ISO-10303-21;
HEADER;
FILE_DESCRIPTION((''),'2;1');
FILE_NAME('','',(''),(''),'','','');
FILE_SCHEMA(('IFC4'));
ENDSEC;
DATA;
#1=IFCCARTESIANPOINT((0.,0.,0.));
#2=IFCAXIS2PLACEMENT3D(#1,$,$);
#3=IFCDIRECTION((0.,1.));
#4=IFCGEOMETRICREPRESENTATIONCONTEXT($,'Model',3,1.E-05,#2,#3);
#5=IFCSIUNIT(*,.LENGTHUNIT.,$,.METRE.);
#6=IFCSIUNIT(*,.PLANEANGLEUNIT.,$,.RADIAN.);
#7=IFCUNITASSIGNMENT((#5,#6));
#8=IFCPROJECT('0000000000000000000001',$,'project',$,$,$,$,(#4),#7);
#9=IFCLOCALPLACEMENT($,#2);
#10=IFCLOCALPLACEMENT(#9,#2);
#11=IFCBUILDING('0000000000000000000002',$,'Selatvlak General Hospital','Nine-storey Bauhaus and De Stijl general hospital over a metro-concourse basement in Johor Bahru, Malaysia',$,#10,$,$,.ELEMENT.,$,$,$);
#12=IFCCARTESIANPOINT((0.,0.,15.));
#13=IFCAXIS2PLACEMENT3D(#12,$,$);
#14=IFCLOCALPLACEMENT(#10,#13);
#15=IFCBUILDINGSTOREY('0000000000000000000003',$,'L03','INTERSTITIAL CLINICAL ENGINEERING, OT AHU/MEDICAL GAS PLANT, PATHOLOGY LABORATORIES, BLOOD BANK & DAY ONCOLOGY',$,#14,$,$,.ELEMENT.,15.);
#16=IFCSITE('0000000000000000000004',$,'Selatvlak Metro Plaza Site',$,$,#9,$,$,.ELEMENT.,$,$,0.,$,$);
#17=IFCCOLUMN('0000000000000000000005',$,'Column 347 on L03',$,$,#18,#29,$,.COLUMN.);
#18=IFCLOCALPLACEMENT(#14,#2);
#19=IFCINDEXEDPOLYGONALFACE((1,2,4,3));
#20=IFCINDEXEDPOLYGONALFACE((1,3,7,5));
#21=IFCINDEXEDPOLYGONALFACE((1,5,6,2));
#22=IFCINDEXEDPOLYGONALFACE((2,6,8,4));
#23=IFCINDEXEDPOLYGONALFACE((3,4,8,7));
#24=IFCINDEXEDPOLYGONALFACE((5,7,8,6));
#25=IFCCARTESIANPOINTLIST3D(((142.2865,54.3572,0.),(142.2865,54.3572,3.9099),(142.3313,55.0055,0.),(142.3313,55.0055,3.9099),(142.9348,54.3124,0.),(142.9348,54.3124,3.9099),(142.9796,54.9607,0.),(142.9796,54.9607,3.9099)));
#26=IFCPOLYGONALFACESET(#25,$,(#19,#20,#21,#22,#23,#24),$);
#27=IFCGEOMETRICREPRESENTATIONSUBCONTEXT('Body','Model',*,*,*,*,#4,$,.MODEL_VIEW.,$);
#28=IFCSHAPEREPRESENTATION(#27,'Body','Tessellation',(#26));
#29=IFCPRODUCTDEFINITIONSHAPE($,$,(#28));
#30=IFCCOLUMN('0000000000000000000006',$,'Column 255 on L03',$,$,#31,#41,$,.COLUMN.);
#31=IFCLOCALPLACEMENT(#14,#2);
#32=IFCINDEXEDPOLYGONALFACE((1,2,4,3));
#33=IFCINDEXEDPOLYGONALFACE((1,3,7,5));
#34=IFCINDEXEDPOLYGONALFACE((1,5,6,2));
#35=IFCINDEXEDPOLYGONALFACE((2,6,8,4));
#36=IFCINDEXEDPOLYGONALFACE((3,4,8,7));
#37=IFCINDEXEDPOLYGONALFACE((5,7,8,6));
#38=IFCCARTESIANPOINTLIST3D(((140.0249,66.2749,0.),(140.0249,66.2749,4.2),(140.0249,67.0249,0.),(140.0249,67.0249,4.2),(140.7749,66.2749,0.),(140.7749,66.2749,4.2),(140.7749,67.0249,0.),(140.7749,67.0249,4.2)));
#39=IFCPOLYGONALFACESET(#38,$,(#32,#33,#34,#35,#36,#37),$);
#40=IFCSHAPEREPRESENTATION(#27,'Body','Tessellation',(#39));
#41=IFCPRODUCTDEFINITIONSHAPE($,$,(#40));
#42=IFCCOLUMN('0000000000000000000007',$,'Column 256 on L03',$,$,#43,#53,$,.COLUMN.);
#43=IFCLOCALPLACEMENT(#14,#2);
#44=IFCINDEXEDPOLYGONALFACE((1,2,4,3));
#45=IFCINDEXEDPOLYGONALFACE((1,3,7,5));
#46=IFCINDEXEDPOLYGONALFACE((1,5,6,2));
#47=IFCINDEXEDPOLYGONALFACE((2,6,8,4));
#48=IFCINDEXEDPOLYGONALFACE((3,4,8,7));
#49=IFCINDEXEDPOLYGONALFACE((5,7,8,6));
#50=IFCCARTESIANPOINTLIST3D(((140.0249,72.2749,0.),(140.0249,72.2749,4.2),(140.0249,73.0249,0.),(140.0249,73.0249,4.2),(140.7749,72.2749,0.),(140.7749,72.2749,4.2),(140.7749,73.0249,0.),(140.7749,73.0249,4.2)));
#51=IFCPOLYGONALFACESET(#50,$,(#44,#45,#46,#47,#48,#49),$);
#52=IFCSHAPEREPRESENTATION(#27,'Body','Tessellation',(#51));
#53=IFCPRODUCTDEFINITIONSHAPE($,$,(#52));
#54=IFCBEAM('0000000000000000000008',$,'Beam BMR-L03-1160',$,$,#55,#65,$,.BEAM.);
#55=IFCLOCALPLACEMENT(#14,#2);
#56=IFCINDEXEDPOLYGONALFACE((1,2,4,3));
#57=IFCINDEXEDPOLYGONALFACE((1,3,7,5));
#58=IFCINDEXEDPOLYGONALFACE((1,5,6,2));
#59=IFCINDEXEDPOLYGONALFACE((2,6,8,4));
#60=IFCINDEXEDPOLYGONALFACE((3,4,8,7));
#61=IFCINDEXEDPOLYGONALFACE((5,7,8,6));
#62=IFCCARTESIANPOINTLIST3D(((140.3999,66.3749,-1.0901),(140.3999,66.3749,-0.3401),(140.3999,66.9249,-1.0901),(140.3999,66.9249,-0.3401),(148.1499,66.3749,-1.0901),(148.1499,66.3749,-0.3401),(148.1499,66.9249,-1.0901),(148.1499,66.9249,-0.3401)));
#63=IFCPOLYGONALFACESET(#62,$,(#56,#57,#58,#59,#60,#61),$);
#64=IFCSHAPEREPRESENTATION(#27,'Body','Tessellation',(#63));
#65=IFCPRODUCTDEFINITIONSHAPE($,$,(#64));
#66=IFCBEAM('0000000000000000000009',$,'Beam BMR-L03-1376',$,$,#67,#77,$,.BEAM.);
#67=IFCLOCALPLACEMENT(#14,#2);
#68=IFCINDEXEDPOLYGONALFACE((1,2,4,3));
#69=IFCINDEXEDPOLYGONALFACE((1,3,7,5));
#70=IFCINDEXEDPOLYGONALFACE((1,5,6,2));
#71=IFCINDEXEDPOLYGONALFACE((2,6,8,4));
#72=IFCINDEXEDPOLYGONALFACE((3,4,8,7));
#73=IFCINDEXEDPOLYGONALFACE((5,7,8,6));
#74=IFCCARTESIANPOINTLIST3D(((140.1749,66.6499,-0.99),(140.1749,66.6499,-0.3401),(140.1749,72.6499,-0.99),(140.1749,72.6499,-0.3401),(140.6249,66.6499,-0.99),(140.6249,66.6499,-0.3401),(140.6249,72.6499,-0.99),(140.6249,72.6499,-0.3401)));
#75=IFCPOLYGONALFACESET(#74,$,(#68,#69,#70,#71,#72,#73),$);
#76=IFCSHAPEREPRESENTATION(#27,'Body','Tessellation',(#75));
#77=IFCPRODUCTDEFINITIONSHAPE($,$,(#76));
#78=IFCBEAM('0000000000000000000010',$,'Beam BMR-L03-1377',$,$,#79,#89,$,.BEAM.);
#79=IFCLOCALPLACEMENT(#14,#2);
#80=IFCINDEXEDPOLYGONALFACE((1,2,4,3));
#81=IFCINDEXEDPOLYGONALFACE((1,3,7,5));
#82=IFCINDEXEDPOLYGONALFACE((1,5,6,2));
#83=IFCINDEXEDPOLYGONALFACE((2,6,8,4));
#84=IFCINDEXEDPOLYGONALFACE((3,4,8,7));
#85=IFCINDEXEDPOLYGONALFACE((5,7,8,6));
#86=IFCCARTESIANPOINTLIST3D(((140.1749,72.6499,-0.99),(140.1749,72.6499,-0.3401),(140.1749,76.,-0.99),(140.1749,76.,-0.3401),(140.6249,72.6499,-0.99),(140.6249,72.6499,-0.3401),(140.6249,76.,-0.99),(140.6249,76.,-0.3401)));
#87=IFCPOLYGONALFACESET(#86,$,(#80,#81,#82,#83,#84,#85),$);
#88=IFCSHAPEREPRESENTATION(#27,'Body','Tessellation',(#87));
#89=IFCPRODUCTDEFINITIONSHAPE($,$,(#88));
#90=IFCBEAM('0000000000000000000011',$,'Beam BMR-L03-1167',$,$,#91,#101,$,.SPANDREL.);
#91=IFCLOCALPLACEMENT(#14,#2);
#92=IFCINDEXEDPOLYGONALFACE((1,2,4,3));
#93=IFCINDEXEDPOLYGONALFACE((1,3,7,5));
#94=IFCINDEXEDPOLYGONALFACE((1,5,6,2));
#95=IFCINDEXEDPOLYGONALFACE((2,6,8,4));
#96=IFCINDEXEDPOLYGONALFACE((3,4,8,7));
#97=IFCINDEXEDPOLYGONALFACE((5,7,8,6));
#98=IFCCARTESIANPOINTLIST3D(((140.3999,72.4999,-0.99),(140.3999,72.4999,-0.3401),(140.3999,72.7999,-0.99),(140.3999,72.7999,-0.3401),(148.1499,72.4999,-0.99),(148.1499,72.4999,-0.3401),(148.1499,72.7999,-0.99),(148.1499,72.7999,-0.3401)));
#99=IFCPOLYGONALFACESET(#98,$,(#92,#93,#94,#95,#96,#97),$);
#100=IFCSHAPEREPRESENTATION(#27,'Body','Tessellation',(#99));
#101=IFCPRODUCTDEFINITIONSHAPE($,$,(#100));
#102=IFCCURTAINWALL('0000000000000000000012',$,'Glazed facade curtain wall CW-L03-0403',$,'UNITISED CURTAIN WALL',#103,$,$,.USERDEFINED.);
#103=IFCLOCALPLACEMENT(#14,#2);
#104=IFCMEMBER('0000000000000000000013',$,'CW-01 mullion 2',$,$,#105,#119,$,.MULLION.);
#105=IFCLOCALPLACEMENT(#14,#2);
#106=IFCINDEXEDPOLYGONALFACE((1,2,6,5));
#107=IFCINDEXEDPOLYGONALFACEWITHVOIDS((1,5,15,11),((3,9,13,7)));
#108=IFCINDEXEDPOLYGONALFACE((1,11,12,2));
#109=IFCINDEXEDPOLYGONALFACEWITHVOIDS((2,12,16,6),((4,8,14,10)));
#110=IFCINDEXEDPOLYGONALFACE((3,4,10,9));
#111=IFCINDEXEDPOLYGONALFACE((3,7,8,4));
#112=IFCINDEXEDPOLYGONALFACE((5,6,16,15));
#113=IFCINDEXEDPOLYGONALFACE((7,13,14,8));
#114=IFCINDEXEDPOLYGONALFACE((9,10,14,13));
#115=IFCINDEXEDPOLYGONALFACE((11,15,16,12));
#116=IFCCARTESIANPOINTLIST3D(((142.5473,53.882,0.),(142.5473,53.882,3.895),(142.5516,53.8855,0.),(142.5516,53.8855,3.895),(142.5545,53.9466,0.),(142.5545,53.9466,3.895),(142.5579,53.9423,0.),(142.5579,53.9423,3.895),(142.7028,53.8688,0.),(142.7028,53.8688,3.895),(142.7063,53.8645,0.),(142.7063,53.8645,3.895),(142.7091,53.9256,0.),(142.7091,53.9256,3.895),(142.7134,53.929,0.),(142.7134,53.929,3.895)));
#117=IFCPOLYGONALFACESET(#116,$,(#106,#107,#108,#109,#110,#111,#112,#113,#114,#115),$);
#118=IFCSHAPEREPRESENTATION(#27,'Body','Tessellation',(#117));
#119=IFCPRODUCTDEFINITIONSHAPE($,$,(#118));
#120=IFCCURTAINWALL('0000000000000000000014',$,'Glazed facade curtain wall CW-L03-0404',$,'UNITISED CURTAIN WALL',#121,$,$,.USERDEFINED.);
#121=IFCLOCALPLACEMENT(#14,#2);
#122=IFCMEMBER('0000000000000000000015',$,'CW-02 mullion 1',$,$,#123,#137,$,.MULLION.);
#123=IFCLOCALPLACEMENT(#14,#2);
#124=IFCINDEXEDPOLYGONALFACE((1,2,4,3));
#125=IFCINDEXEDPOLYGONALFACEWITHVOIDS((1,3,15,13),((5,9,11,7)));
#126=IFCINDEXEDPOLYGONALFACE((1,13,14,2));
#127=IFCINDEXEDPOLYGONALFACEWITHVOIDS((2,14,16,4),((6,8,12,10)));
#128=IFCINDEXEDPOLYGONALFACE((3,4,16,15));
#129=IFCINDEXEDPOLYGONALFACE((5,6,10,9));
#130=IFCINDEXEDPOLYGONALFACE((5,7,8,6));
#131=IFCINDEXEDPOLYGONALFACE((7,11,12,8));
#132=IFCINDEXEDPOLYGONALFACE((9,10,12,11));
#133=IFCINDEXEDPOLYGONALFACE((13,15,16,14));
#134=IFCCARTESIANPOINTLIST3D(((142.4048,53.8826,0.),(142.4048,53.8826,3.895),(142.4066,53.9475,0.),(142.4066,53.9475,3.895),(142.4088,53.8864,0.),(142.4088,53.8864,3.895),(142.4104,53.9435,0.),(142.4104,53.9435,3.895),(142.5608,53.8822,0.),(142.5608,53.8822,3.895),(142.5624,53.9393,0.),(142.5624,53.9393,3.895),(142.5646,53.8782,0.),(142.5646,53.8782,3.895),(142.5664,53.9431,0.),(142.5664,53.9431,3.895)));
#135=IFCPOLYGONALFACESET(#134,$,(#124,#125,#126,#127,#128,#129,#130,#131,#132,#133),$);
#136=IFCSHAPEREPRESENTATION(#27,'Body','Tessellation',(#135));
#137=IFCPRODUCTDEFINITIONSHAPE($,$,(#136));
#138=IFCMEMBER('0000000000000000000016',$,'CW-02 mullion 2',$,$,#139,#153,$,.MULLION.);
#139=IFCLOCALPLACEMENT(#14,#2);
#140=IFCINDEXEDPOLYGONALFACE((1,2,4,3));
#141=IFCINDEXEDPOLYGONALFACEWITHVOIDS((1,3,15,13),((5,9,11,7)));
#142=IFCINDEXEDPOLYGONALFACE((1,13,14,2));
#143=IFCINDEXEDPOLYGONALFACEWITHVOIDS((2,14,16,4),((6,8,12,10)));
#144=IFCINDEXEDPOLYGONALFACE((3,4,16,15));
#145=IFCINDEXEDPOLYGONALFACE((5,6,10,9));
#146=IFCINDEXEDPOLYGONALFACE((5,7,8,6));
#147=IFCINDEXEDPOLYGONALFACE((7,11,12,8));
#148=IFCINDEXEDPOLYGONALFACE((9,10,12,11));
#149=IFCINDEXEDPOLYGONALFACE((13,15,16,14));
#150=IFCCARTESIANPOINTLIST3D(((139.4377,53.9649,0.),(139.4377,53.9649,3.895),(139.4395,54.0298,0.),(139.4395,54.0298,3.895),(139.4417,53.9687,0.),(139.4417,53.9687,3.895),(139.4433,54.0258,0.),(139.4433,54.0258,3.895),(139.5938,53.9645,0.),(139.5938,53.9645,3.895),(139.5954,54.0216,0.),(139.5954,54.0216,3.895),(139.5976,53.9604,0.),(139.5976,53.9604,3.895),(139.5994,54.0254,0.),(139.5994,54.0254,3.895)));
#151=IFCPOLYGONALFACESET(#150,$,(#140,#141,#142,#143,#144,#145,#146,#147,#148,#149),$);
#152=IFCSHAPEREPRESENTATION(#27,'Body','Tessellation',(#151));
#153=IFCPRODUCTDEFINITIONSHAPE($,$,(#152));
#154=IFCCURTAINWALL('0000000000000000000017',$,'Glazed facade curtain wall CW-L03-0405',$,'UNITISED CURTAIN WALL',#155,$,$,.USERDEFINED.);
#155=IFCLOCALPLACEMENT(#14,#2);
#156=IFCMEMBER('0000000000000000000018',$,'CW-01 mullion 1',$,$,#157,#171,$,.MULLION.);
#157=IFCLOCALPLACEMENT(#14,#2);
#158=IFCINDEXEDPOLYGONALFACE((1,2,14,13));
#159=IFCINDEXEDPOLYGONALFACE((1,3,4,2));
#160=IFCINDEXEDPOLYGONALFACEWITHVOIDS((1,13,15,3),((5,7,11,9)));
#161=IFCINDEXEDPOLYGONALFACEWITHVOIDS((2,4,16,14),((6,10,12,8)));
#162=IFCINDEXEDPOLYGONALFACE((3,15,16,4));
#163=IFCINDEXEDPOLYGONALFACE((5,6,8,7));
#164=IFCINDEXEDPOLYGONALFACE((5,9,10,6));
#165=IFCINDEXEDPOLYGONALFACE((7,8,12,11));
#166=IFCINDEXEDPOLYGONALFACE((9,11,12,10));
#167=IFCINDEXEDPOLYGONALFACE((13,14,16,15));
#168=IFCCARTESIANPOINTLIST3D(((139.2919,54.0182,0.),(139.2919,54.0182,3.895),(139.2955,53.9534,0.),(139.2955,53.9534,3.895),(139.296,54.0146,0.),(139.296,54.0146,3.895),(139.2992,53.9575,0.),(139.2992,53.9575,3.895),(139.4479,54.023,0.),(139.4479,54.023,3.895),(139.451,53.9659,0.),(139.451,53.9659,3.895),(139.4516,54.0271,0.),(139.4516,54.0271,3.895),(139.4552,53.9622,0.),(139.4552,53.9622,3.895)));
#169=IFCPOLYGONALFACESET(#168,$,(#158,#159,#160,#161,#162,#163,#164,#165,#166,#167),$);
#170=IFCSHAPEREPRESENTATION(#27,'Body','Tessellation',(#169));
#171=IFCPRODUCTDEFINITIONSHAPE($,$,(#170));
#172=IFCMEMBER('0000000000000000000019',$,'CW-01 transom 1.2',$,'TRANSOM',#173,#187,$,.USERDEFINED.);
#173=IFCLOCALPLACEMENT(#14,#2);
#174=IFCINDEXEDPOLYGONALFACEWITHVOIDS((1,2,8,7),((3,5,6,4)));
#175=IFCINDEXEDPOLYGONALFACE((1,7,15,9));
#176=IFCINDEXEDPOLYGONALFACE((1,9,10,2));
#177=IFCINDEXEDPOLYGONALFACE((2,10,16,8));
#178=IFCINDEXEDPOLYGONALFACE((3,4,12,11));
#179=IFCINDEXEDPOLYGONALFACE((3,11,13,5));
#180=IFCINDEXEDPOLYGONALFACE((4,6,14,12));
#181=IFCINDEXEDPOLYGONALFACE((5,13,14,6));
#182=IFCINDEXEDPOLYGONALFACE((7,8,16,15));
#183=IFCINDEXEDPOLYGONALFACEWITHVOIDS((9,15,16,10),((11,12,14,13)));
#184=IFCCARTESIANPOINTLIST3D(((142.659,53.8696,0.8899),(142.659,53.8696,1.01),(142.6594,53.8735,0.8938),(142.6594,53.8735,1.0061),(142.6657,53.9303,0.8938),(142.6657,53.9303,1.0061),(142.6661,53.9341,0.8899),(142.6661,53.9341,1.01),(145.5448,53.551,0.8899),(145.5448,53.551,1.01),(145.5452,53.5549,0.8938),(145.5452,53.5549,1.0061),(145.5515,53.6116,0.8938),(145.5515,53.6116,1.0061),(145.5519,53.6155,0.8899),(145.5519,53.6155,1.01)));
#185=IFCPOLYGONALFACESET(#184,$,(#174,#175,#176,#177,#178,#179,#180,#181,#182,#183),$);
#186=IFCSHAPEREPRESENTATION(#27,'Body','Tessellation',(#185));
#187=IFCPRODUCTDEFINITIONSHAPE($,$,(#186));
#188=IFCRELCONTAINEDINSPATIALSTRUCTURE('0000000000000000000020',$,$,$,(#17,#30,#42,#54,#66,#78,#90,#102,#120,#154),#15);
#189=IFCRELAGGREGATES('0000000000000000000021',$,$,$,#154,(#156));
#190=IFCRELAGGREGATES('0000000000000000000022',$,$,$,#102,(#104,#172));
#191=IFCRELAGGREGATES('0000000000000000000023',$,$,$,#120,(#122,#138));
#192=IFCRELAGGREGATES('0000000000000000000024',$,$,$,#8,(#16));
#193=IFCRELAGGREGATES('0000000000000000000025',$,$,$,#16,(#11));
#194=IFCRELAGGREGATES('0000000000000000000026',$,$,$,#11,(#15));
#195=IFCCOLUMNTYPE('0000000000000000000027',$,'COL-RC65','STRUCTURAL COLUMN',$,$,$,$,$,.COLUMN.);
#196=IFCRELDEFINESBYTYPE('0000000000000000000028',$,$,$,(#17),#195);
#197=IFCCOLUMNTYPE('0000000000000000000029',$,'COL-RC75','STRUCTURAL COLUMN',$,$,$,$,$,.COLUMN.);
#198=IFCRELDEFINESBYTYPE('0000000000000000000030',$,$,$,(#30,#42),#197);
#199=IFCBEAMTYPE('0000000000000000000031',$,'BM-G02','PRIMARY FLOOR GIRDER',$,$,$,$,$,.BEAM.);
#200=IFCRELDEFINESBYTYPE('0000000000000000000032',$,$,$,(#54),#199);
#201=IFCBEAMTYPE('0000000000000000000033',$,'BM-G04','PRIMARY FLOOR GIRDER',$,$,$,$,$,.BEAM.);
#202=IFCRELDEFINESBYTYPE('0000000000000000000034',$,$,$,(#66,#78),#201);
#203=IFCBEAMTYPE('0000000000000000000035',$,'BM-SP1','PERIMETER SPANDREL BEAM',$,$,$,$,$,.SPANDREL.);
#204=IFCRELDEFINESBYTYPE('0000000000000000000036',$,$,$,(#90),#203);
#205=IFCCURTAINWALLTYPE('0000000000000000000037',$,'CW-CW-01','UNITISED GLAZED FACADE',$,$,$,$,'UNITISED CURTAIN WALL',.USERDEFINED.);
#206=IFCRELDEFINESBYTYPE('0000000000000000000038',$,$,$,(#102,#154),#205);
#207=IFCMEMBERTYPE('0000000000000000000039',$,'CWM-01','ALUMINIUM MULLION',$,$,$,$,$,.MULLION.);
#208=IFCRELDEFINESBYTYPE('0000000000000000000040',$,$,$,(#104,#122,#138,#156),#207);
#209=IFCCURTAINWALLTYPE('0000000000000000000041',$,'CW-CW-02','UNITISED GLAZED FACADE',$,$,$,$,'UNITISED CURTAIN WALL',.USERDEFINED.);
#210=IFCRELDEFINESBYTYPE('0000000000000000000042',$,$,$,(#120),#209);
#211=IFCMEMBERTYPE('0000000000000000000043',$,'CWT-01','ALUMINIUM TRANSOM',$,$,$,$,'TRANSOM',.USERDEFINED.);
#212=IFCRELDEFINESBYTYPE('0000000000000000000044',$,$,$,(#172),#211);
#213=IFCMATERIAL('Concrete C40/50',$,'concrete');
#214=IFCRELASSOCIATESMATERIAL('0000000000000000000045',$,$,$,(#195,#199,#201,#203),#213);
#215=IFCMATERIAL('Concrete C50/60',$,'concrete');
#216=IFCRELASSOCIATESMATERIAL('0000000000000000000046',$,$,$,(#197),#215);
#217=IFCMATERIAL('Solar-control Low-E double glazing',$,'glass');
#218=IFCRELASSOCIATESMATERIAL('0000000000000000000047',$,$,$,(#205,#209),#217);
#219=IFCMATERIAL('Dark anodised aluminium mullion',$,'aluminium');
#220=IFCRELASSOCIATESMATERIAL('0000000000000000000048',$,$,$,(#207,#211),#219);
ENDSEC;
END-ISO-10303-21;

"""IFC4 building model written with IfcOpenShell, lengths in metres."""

from ifc_helpers import new_model, si_unit, direction, frame, origin, origin_2d, place, context, subcontext, project, spatial, rectangle, hollow_rectangle, extrude, material, material_profile, profile_set, type_object, element, aggregate, save


model = new_model("IFC4")

# Units and contexts
model_context = context("Model", 3, precision=1e-05, world=origin(), true_north=direction((0.0, 1.0)))
body_context = subcontext(model_context, "Body", "Model", "MODEL_VIEW")
ifc_project = project(units=[si_unit("LENGTHUNIT", "METRE"), si_unit("PLANEANGLEUNIT", "RADIAN")], contexts=[model_context])

# Site, building, storey
site_placement = place(None, origin())
site = spatial("IfcSite", under=ifc_project, at=site_placement, Name="Selatvlak Metro Plaza Site", CompositionType="ELEMENT", RefElevation=0.0)
building_placement = place(site_placement, origin())
building = spatial("IfcBuilding", under=site, at=building_placement, Name="Selatvlak General Hospital", Description="Nine-storey Bauhaus and De Stijl general hospital over a metro-concourse basement in Johor Bahru, Malaysia", CompositionType="ELEMENT")
storey_placement = place(building_placement, frame((0.0, 0.0, 15.0)))
storey = spatial("IfcBuildingStorey", under=building, at=storey_placement, Name="L03", Description="INTERSTITIAL CLINICAL ENGINEERING, OT AHU/MEDICAL GAS PLANT, PATHOLOGY LABORATORIES, BLOOD BANK & DAY ONCOLOGY", CompositionType="ELEMENT", Elevation=15.0)

# Columns
ifc_material_1 = material(Name="Concrete C40/50", Category="concrete")
ifc_material_profile_1 = material_profile(ifc_material_1, rectangle(XDim=0.6499, YDim=0.6499, at=origin_2d()), Name="RC-COL 650x650")
ifc_profile_set_1 = profile_set([ifc_material_profile_1], Name="Concrete C40/50")
column_type_1 = type_object("IfcColumnType", Name="COL-RC65", Description="STRUCTURAL COLUMN", PredefinedType="COLUMN", material=ifc_profile_set_1)
column_placement = place(storey_placement, frame((142.6331, 54.6589, 0.0), z_axis=(0.0, 0.0, 1.0), x_axis=(0.068938, 0.997621, 0.0)))
element("IfcColumn", 1, at=column_placement, inside=storey, type_object=column_type_1, Name="Column 347 on L03", PredefinedType="COLUMN", context=body_context, shape_type="SweptSolid", body=[
    extrude(rectangle(XDim=0.6499, YDim=0.6499, at=origin_2d()), origin(), (0.0, 0.0, 1.0), 3.9099),
])
ifc_material_2 = material(Name="Concrete C50/60", Category="concrete")
ifc_material_profile_2 = material_profile(ifc_material_2, rectangle(XDim=0.75, YDim=0.75, at=origin_2d()), Name="RC-COL 750x750")
ifc_profile_set_2 = profile_set([ifc_material_profile_2], Name="Concrete C50/60")
column_type_2 = type_object("IfcColumnType", Name="COL-RC75", Description="STRUCTURAL COLUMN", PredefinedType="COLUMN", material=ifc_profile_set_2)
for number, where, z_axis, x_axis, name in (
    (2, (140.3999, 66.6499, 0.0), (0.0, 0.0, 1.0), (1.0, 0.0, 0.0), "Column 255 on L03"),
    (3, (140.3999, 72.6499, 0.0), (0.0, 0.0, 1.0), (1.0, 0.0, 0.0), "Column 256 on L03"),
):
    element("IfcColumn", number, at=place(storey_placement, frame(where, z_axis=z_axis, x_axis=x_axis)), inside=storey, type_object=column_type_2, Name=name, PredefinedType="COLUMN", context=body_context, shape_type="SweptSolid", body=[
        extrude(rectangle(XDim=0.75, YDim=0.75, at=origin_2d()), origin(), (0.0, 0.0, 1.0), 4.2),
    ])

# Beams
ifc_material_profile_3 = material_profile(ifc_material_1, rectangle(XDim=0.55, YDim=0.75, at=origin_2d()), Name="RC-BM 550x750")
ifc_profile_set_3 = profile_set([ifc_material_profile_3], Name="Concrete C40/50")
beam_type_1 = type_object("IfcBeamType", Name="BM-G02", Description="PRIMARY FLOOR GIRDER", PredefinedType="BEAM", material=ifc_profile_set_3)
beam_1_placement = place(storey_placement, frame((140.3999, 66.6499, -0.7151), z_axis=(1.0, 0.0, 0.0), x_axis=(0.0, 1.0, 0.0)))
element("IfcBeam", 4, at=beam_1_placement, inside=storey, type_object=beam_type_1, Name="Beam BMR-L03-1160", PredefinedType="BEAM", context=body_context, shape_type="SweptSolid", body=[
    extrude(rectangle(XDim=0.55, YDim=0.75, at=origin_2d()), origin(), (0.0, 0.0, 1.0), 7.75),
])
ifc_material_profile_4 = material_profile(ifc_material_1, rectangle(XDim=0.45, YDim=0.6499, at=origin_2d()), Name="RC-BM 450x650")
ifc_profile_set_4 = profile_set([ifc_material_profile_4], Name="Concrete C40/50")
beam_type_2 = type_object("IfcBeamType", Name="BM-G04", Description="PRIMARY FLOOR GIRDER", PredefinedType="BEAM", material=ifc_profile_set_4)
beam_2_placement = place(storey_placement, frame((140.3999, 66.6499, -0.665), z_axis=(0.0, 1.0, 0.0), x_axis=(-1.0, 0.0, 0.0)))
element("IfcBeam", 5, at=beam_2_placement, inside=storey, type_object=beam_type_2, Name="Beam BMR-L03-1376", PredefinedType="BEAM", context=body_context, shape_type="SweptSolid", body=[
    extrude(rectangle(XDim=0.45, YDim=0.6499, at=origin_2d()), origin(), (0.0, 0.0, 1.0), 6.0),
])
beam_3_placement = place(storey_placement, frame((140.3999, 72.6499, -0.665), z_axis=(0.0, 1.0, 0.0), x_axis=(-1.0, 0.0, 0.0)))
element("IfcBeam", 6, at=beam_3_placement, inside=storey, type_object=beam_type_2, Name="Beam BMR-L03-1377", PredefinedType="BEAM", context=body_context, shape_type="SweptSolid", body=[
    extrude(rectangle(XDim=0.45, YDim=0.6499, at=origin_2d()), origin(), (0.0, 0.0, 1.0), 3.3501),
])
ifc_material_profile_5 = material_profile(ifc_material_1, rectangle(XDim=0.3, YDim=0.6499, at=origin_2d()), Name="RC-SP 300x650")
ifc_profile_set_5 = profile_set([ifc_material_profile_5], Name="Concrete C40/50")
beam_type_3 = type_object("IfcBeamType", Name="BM-SP1", Description="PERIMETER SPANDREL BEAM", PredefinedType="SPANDREL", material=ifc_profile_set_5)
beam_4_placement = place(storey_placement, frame((140.3999, 72.6499, -0.665), z_axis=(1.0, 0.0, 0.0), x_axis=(0.0, 1.0, 0.0)))
element("IfcBeam", 7, at=beam_4_placement, inside=storey, type_object=beam_type_3, Name="Beam BMR-L03-1167", PredefinedType="SPANDREL", context=body_context, shape_type="SweptSolid", body=[
    extrude(rectangle(XDim=0.3, YDim=0.6499, at=origin_2d()), origin(), (0.0, 0.0, 1.0), 7.75),
])

# Curtain wall, member
ifc_material_3 = material(Name="Solar-control Low-E double glazing", Category="glass")
curtain_wall_type_1 = type_object("IfcCurtainWallType", Name="CW-CW-01", Description="UNITISED GLAZED FACADE", ElementType="UNITISED CURTAIN WALL", PredefinedType="USERDEFINED", material=ifc_material_3)
curtain_wall_1_placement = place(storey_placement, origin())
curtain_wall_1 = element("IfcCurtainWall", 8, at=curtain_wall_1_placement, inside=storey, type_object=curtain_wall_type_1, Name="Glazed facade curtain wall CW-L03-0403", ObjectType="UNITISED CURTAIN WALL", PredefinedType="USERDEFINED")
ifc_material_4 = material(Name="Dark anodised aluminium mullion", Category="aluminium")
ifc_material_profile_6 = material_profile(ifc_material_4, hollow_rectangle(XDim=0.0649, YDim=0.1599, WallThickness=0.0039, at=origin_2d()), Name="AL-MUL 65x160x4")
ifc_profile_set_6 = profile_set([ifc_material_profile_6], Name="Dark anodised aluminium mullion")
member_type_1 = type_object("IfcMemberType", Name="CWM-01", Description="ALUMINIUM MULLION", PredefinedType="MULLION", material=ifc_profile_set_6)
member_1_placement = place(storey_placement, frame((142.6304, 53.9055, 0.0), z_axis=(0.0, 0.0, 1.0), x_axis=(-0.10978, -0.993956, 0.0)))
member_1 = element("IfcMember", 9, at=member_1_placement, type_object=member_type_1, Name="CW-01 mullion 2", PredefinedType="MULLION", context=body_context, shape_type="SweptSolid", body=[
    extrude(hollow_rectangle(XDim=0.0649, YDim=0.1599, WallThickness=0.0039, at=origin_2d()), origin(), (0.0, 0.0, 1.0), 3.895),
])

# Curtain wall, members
curtain_wall_type_2 = type_object("IfcCurtainWallType", Name="CW-CW-02", Description="UNITISED GLAZED FACADE", ElementType="UNITISED CURTAIN WALL", PredefinedType="USERDEFINED", material=ifc_material_3)
curtain_wall_2_placement = place(storey_placement, origin())
curtain_wall_2 = element("IfcCurtainWall", 10, at=curtain_wall_2_placement, inside=storey, type_object=curtain_wall_type_2, Name="Glazed facade curtain wall CW-L03-0404", ObjectType="UNITISED CURTAIN WALL", PredefinedType="USERDEFINED")
member_2_placement = place(storey_placement, frame((142.4856, 53.9128, 0.0), z_axis=(0.0, 0.0, 1.0), x_axis=(-0.027694, -0.999616, 0.0)))
member_2 = element("IfcMember", 11, at=member_2_placement, type_object=member_type_1, Name="CW-02 mullion 1", PredefinedType="MULLION", context=body_context, shape_type="SweptSolid", body=[
    extrude(hollow_rectangle(XDim=0.0649, YDim=0.1599, WallThickness=0.0039, at=origin_2d()), origin(), (0.0, 0.0, 1.0), 3.895),
])
member_3_placement = place(storey_placement, frame((139.5186, 53.9951, 0.0), z_axis=(0.0, 0.0, 1.0), x_axis=(-0.027694, -0.999616, 0.0)))
member_3 = element("IfcMember", 12, at=member_3_placement, type_object=member_type_1, Name="CW-02 mullion 2", PredefinedType="MULLION", context=body_context, shape_type="SweptSolid", body=[
    extrude(hollow_rectangle(XDim=0.0649, YDim=0.1599, WallThickness=0.0039, at=origin_2d()), origin(), (0.0, 0.0, 1.0), 3.895),
])

# Curtain wall, member
curtain_wall_3_placement = place(storey_placement, origin())
curtain_wall_3 = element("IfcCurtainWall", 13, at=curtain_wall_3_placement, inside=storey, type_object=curtain_wall_type_1, Name="Glazed facade curtain wall CW-L03-0405", ObjectType="UNITISED CURTAIN WALL", PredefinedType="USERDEFINED")
member_4_placement = place(storey_placement, frame((139.3735, 53.9902, 0.0), z_axis=(0.0, 0.0, 1.0), x_axis=(0.055159, -0.998478, 0.0)))
member_4 = element("IfcMember", 14, at=member_4_placement, type_object=member_type_1, Name="CW-01 mullion 1", PredefinedType="MULLION", context=body_context, shape_type="SweptSolid", body=[
    extrude(hollow_rectangle(XDim=0.0649, YDim=0.1599, WallThickness=0.0039, at=origin_2d()), origin(), (0.0, 0.0, 1.0), 3.895),
])

# Member
ifc_material_profile_7 = material_profile(ifc_material_4, hollow_rectangle(XDim=0.0649, YDim=0.1201, WallThickness=0.0039, at=origin_2d()), Name="AL-TRN 65x120x4")
ifc_profile_set_7 = profile_set([ifc_material_profile_7], Name="Dark anodised aluminium mullion")
member_type_2 = type_object("IfcMemberType", Name="CWT-01", Description="ALUMINIUM TRANSOM", ElementType="TRANSOM", PredefinedType="USERDEFINED", material=ifc_profile_set_7)
member_5_placement = place(storey_placement, frame((145.5483, 53.5833, 0.95), z_axis=(-0.99396, 0.109739, 0.0), x_axis=(-0.109739, -0.99396, 0.0)))
member_5 = element("IfcMember", 15, at=member_5_placement, type_object=member_type_2, Name="CW-01 transom 1.2", ObjectType="TRANSOM", PredefinedType="USERDEFINED", context=body_context, shape_type="SweptSolid", body=[
    extrude(hollow_rectangle(XDim=0.0649, YDim=0.1201, WallThickness=0.0039, at=origin_2d()), origin(), (0.0, 0.0, 1.0), 2.9033),
])
aggregate(curtain_wall_3, [member_4])

aggregate(curtain_wall_1, [member_1, member_5])
aggregate(curtain_wall_2, [member_2, member_3])

save(model, "model.ifc")
